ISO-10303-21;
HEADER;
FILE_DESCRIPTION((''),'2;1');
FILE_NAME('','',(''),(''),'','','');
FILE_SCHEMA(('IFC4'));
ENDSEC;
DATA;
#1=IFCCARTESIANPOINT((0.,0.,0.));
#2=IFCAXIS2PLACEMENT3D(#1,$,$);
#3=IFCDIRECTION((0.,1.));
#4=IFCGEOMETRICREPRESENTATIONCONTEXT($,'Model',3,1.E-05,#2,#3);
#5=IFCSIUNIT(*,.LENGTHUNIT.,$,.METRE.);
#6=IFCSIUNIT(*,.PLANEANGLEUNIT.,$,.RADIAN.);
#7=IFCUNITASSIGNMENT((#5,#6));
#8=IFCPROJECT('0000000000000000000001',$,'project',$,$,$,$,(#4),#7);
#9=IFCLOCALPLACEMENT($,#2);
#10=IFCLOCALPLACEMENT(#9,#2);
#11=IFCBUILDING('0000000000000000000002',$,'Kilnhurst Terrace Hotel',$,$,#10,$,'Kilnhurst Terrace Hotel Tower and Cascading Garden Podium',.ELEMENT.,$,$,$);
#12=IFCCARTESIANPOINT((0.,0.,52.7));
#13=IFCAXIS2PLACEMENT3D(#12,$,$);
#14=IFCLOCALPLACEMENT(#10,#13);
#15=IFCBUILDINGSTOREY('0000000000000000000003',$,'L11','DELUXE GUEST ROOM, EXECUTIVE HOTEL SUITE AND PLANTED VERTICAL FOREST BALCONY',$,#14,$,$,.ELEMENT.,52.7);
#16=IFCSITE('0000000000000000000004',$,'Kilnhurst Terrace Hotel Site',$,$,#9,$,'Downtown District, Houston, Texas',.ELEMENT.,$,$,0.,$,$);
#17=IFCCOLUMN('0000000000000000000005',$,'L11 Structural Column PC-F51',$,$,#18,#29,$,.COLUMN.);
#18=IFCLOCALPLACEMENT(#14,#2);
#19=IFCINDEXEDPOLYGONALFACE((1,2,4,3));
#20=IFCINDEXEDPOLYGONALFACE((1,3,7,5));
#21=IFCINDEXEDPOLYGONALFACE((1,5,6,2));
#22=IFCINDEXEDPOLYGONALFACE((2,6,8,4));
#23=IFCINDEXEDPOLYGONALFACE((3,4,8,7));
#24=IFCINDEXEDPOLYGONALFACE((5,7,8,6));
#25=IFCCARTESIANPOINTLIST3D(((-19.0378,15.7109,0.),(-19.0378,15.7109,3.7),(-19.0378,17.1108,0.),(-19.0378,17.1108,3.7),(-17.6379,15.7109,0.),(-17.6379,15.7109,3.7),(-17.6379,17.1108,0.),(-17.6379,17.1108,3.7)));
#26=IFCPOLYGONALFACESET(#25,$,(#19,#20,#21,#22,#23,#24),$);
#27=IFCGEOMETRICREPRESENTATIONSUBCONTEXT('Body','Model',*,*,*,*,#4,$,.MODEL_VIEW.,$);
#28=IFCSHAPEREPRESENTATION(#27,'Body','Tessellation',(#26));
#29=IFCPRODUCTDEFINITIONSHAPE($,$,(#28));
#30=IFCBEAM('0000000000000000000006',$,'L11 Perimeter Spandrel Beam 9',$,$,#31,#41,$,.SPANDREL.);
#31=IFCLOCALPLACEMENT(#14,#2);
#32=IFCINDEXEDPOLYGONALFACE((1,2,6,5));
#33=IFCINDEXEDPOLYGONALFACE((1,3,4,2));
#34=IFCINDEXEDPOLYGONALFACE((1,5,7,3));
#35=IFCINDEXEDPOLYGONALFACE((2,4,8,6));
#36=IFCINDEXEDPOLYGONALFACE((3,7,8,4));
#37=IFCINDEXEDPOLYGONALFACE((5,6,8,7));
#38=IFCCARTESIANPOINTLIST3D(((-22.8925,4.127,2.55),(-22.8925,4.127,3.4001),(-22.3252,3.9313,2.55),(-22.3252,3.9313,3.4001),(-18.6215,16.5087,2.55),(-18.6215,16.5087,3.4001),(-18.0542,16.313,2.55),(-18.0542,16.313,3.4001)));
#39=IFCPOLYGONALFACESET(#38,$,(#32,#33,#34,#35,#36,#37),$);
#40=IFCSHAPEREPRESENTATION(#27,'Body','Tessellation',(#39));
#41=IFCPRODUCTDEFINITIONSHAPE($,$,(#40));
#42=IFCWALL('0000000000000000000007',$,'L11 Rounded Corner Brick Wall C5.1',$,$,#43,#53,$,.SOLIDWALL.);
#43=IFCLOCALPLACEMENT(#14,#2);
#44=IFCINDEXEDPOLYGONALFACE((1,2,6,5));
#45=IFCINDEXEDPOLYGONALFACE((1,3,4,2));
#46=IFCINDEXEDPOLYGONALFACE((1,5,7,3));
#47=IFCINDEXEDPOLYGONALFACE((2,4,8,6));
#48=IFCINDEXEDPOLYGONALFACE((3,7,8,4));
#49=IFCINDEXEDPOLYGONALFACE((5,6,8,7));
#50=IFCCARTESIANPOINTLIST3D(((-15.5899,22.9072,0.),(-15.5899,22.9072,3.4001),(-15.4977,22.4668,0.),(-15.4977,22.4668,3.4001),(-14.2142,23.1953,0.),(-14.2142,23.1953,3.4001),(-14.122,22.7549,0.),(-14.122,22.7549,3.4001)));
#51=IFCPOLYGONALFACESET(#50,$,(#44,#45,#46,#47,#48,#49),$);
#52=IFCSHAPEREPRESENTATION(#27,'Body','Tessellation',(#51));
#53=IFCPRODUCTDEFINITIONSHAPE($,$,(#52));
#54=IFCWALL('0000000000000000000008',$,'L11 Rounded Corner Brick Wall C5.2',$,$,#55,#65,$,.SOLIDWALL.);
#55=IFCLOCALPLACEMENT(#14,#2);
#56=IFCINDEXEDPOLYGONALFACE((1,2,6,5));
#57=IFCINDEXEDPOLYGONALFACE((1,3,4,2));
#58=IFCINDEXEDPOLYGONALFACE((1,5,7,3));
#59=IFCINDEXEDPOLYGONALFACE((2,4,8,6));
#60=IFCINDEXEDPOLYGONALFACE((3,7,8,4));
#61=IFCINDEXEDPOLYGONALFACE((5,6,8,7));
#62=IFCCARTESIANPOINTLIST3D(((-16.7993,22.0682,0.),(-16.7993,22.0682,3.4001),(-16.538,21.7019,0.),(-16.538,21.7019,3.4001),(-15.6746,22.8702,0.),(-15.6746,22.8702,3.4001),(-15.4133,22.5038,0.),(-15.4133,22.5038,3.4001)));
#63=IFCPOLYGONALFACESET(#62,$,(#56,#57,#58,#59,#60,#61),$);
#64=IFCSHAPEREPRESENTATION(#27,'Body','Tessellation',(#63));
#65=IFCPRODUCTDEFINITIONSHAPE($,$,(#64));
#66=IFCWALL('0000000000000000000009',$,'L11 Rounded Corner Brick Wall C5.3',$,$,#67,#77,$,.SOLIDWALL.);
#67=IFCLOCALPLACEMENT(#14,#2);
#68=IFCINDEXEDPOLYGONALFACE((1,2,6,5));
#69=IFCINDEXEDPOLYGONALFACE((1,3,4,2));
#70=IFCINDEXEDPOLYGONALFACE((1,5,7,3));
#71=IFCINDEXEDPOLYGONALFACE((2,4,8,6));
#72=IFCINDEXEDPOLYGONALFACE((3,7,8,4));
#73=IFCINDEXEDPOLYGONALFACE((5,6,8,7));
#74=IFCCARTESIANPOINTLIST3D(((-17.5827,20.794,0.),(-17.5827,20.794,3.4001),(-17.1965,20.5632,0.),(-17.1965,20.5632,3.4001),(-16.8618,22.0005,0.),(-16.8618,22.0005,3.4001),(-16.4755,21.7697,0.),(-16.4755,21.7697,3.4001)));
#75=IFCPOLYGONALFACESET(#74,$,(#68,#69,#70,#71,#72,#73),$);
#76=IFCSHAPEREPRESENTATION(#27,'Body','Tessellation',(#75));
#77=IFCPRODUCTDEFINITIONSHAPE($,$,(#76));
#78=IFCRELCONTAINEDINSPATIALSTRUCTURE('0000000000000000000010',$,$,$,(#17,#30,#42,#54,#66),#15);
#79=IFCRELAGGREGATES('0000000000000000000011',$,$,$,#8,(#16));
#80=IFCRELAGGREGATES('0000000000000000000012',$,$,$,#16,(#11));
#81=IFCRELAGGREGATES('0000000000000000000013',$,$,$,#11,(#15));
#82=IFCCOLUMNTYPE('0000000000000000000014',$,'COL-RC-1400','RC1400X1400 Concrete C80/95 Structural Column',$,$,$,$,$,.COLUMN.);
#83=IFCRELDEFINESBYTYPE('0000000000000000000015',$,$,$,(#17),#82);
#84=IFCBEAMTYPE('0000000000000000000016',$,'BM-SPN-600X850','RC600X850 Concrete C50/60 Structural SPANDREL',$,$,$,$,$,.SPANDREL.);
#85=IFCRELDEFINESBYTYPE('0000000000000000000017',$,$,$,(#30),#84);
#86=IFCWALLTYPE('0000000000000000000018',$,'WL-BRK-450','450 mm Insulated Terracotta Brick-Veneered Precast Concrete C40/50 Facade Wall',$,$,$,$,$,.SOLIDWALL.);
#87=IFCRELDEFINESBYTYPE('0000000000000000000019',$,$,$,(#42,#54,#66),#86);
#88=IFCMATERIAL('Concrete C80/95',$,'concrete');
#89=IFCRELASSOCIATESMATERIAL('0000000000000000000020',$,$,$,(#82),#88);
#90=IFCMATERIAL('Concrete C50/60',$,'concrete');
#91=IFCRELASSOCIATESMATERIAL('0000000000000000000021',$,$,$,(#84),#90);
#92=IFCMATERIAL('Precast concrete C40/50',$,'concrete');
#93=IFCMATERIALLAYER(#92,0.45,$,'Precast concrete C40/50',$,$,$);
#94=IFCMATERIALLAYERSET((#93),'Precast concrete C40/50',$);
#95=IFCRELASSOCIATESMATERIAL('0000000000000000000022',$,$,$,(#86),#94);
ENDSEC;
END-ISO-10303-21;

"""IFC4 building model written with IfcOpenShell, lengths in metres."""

from ifc_helpers import new_model, si_unit, direction, frame, frame_2d, origin, origin_2d, place, context, subcontext, project, spatial, rectangle, extrude, material, layer, layer_set, material_profile, profile_set, type_object, element, save


model = new_model("IFC4")

# Units and contexts
model_context = context("Model", 3, precision=1e-05, world=origin(), true_north=direction((0.0, 1.0)))
body_context = subcontext(model_context, "Body", "Model", "MODEL_VIEW")
ifc_project = project(units=[si_unit("LENGTHUNIT", "METRE"), si_unit("PLANEANGLEUNIT", "RADIAN")], contexts=[model_context])

# Site, building, storey
site_placement = place(None, origin())
site = spatial("IfcSite", under=ifc_project, at=site_placement, Name="Kilnhurst Terrace Hotel Site", LongName="Downtown District, Houston, Texas", CompositionType="ELEMENT", RefElevation=0.0)
building_placement = place(site_placement, origin())
building = spatial("IfcBuilding", under=site, at=building_placement, Name="Kilnhurst Terrace Hotel", LongName="Kilnhurst Terrace Hotel Tower and Cascading Garden Podium", CompositionType="ELEMENT")
storey_placement = place(building_placement, frame((0.0, 0.0, 52.7)))
storey = spatial("IfcBuildingStorey", under=building, at=storey_placement, Name="L11", Description="DELUXE GUEST ROOM, EXECUTIVE HOTEL SUITE AND PLANTED VERTICAL FOREST BALCONY", CompositionType="ELEMENT", Elevation=52.7)

# Column
ifc_material_1 = material(Name="Concrete C80/95", Category="concrete")
ifc_material_profile_1 = material_profile(ifc_material_1, rectangle(XDim=1.3999, YDim=1.3999, at=origin_2d()), Name="RC1400X1400")
ifc_profile_set_1 = profile_set([ifc_material_profile_1], Name="Concrete C80/95")
column_type = type_object("IfcColumnType", Name="COL-RC-1400", Description="RC1400X1400 Concrete C80/95 Structural Column", PredefinedType="COLUMN", material=ifc_profile_set_1)
column_placement = place(storey_placement, frame((-18.3379, 16.4109, 0.0), z_axis=(0.0, 0.0, 1.0), x_axis=(1.0, 0.0, 0.0)))
element("IfcColumn", 1, at=column_placement, inside=storey, type_object=column_type, Name="L11 Structural Column PC-F51", PredefinedType="COLUMN", context=body_context, shape_type="SweptSolid", body=[
    extrude(rectangle(XDim=1.3999, YDim=1.3999, at=origin_2d()), origin(), (0.0, 0.0, 1.0), 3.7),
])

# Beam
ifc_material_2 = material(Name="Concrete C50/60", Category="concrete")
ifc_material_profile_2 = material_profile(ifc_material_2, rectangle(XDim=0.6001, YDim=0.8501, at=origin_2d()), Name="RC600X850")
ifc_profile_set_2 = profile_set([ifc_material_profile_2], Name="Concrete C50/60")
beam_type = type_object("IfcBeamType", Name="BM-SPN-600X850", Description="RC600X850 Concrete C50/60 Structural SPANDREL", PredefinedType="SPANDREL", material=ifc_profile_set_2)
beam_placement = place(storey_placement, frame((-18.3379, 16.4109, 2.9751), z_axis=(-0.326086, -0.94534, 0.0), x_axis=(0.94534, -0.326086, 0.0)))
element("IfcBeam", 2, at=beam_placement, inside=storey, type_object=beam_type, Name="L11 Perimeter Spandrel Beam 9", PredefinedType="SPANDREL", context=body_context, shape_type="SweptSolid", body=[
    extrude(rectangle(XDim=0.6001, YDim=0.8501, at=origin_2d()), origin(), (0.0, 0.0, 1.0), 13.0977),
])

# Walls
ifc_material_3 = material(Name="Precast concrete C40/50", Category="concrete")
ifc_layer_1 = layer(ifc_material_3, 0.45, Name="Precast concrete C40/50")
ifc_layer_set_1 = layer_set([ifc_layer_1], Name="Precast concrete C40/50")
wall_type_1 = type_object("IfcWallType", Name="WL-BRK-450", Description="450 mm Insulated Terracotta Brick-Veneered Precast Concrete C40/50 Facade Wall", PredefinedType="SOLIDWALL", material=ifc_layer_set_1)
wall_1_placement = place(storey_placement, frame((-14.1682, 22.9751, 0.0), z_axis=(0.0, 0.0, 1.0), x_axis=(-0.97877, -0.20496, 0.0)))
element("IfcWall", 3, at=wall_1_placement, inside=storey, type_object=wall_type_1, Name="L11 Rounded Corner Brick Wall C5.1", PredefinedType="SOLIDWALL", context=body_context, shape_type="SweptSolid", body=[
    extrude(rectangle(XDim=1.4055, YDim=0.45, at=frame_2d((0.7026, 0.0))), origin(), (0.0, 0.0, 1.0), 3.4001),
])
wall_2_placement = place(storey_placement, frame((-15.5439, 22.687, 0.0), z_axis=(0.0, 0.0, 1.0), x_axis=(-0.814211, -0.580569, 0.0)))
element("IfcWall", 4, at=wall_2_placement, inside=storey, type_object=wall_type_1, Name="L11 Rounded Corner Brick Wall C5.2", PredefinedType="SOLIDWALL", context=body_context, shape_type="SweptSolid", body=[
    extrude(rectangle(XDim=1.3813, YDim=0.45, at=frame_2d((0.6907, 0.0))), origin(), (0.0, 0.0, 1.0), 3.4001),
])
wall_3_placement = place(storey_placement, frame((-16.6687, 21.885, 0.0), z_axis=(0.0, 0.0, 1.0), x_axis=(-0.512937, -0.858426, 0.0)))
element("IfcWall", 5, at=wall_3_placement, inside=storey, type_object=wall_type_1, Name="L11 Rounded Corner Brick Wall C5.3", PredefinedType="SOLIDWALL", context=body_context, shape_type="SweptSolid", body=[
    extrude(rectangle(XDim=1.4055, YDim=0.45, at=frame_2d((0.7026, 0.0))), origin(), (0.0, 0.0, 1.0), 3.4001),
])

save(model, "model.ifc")
